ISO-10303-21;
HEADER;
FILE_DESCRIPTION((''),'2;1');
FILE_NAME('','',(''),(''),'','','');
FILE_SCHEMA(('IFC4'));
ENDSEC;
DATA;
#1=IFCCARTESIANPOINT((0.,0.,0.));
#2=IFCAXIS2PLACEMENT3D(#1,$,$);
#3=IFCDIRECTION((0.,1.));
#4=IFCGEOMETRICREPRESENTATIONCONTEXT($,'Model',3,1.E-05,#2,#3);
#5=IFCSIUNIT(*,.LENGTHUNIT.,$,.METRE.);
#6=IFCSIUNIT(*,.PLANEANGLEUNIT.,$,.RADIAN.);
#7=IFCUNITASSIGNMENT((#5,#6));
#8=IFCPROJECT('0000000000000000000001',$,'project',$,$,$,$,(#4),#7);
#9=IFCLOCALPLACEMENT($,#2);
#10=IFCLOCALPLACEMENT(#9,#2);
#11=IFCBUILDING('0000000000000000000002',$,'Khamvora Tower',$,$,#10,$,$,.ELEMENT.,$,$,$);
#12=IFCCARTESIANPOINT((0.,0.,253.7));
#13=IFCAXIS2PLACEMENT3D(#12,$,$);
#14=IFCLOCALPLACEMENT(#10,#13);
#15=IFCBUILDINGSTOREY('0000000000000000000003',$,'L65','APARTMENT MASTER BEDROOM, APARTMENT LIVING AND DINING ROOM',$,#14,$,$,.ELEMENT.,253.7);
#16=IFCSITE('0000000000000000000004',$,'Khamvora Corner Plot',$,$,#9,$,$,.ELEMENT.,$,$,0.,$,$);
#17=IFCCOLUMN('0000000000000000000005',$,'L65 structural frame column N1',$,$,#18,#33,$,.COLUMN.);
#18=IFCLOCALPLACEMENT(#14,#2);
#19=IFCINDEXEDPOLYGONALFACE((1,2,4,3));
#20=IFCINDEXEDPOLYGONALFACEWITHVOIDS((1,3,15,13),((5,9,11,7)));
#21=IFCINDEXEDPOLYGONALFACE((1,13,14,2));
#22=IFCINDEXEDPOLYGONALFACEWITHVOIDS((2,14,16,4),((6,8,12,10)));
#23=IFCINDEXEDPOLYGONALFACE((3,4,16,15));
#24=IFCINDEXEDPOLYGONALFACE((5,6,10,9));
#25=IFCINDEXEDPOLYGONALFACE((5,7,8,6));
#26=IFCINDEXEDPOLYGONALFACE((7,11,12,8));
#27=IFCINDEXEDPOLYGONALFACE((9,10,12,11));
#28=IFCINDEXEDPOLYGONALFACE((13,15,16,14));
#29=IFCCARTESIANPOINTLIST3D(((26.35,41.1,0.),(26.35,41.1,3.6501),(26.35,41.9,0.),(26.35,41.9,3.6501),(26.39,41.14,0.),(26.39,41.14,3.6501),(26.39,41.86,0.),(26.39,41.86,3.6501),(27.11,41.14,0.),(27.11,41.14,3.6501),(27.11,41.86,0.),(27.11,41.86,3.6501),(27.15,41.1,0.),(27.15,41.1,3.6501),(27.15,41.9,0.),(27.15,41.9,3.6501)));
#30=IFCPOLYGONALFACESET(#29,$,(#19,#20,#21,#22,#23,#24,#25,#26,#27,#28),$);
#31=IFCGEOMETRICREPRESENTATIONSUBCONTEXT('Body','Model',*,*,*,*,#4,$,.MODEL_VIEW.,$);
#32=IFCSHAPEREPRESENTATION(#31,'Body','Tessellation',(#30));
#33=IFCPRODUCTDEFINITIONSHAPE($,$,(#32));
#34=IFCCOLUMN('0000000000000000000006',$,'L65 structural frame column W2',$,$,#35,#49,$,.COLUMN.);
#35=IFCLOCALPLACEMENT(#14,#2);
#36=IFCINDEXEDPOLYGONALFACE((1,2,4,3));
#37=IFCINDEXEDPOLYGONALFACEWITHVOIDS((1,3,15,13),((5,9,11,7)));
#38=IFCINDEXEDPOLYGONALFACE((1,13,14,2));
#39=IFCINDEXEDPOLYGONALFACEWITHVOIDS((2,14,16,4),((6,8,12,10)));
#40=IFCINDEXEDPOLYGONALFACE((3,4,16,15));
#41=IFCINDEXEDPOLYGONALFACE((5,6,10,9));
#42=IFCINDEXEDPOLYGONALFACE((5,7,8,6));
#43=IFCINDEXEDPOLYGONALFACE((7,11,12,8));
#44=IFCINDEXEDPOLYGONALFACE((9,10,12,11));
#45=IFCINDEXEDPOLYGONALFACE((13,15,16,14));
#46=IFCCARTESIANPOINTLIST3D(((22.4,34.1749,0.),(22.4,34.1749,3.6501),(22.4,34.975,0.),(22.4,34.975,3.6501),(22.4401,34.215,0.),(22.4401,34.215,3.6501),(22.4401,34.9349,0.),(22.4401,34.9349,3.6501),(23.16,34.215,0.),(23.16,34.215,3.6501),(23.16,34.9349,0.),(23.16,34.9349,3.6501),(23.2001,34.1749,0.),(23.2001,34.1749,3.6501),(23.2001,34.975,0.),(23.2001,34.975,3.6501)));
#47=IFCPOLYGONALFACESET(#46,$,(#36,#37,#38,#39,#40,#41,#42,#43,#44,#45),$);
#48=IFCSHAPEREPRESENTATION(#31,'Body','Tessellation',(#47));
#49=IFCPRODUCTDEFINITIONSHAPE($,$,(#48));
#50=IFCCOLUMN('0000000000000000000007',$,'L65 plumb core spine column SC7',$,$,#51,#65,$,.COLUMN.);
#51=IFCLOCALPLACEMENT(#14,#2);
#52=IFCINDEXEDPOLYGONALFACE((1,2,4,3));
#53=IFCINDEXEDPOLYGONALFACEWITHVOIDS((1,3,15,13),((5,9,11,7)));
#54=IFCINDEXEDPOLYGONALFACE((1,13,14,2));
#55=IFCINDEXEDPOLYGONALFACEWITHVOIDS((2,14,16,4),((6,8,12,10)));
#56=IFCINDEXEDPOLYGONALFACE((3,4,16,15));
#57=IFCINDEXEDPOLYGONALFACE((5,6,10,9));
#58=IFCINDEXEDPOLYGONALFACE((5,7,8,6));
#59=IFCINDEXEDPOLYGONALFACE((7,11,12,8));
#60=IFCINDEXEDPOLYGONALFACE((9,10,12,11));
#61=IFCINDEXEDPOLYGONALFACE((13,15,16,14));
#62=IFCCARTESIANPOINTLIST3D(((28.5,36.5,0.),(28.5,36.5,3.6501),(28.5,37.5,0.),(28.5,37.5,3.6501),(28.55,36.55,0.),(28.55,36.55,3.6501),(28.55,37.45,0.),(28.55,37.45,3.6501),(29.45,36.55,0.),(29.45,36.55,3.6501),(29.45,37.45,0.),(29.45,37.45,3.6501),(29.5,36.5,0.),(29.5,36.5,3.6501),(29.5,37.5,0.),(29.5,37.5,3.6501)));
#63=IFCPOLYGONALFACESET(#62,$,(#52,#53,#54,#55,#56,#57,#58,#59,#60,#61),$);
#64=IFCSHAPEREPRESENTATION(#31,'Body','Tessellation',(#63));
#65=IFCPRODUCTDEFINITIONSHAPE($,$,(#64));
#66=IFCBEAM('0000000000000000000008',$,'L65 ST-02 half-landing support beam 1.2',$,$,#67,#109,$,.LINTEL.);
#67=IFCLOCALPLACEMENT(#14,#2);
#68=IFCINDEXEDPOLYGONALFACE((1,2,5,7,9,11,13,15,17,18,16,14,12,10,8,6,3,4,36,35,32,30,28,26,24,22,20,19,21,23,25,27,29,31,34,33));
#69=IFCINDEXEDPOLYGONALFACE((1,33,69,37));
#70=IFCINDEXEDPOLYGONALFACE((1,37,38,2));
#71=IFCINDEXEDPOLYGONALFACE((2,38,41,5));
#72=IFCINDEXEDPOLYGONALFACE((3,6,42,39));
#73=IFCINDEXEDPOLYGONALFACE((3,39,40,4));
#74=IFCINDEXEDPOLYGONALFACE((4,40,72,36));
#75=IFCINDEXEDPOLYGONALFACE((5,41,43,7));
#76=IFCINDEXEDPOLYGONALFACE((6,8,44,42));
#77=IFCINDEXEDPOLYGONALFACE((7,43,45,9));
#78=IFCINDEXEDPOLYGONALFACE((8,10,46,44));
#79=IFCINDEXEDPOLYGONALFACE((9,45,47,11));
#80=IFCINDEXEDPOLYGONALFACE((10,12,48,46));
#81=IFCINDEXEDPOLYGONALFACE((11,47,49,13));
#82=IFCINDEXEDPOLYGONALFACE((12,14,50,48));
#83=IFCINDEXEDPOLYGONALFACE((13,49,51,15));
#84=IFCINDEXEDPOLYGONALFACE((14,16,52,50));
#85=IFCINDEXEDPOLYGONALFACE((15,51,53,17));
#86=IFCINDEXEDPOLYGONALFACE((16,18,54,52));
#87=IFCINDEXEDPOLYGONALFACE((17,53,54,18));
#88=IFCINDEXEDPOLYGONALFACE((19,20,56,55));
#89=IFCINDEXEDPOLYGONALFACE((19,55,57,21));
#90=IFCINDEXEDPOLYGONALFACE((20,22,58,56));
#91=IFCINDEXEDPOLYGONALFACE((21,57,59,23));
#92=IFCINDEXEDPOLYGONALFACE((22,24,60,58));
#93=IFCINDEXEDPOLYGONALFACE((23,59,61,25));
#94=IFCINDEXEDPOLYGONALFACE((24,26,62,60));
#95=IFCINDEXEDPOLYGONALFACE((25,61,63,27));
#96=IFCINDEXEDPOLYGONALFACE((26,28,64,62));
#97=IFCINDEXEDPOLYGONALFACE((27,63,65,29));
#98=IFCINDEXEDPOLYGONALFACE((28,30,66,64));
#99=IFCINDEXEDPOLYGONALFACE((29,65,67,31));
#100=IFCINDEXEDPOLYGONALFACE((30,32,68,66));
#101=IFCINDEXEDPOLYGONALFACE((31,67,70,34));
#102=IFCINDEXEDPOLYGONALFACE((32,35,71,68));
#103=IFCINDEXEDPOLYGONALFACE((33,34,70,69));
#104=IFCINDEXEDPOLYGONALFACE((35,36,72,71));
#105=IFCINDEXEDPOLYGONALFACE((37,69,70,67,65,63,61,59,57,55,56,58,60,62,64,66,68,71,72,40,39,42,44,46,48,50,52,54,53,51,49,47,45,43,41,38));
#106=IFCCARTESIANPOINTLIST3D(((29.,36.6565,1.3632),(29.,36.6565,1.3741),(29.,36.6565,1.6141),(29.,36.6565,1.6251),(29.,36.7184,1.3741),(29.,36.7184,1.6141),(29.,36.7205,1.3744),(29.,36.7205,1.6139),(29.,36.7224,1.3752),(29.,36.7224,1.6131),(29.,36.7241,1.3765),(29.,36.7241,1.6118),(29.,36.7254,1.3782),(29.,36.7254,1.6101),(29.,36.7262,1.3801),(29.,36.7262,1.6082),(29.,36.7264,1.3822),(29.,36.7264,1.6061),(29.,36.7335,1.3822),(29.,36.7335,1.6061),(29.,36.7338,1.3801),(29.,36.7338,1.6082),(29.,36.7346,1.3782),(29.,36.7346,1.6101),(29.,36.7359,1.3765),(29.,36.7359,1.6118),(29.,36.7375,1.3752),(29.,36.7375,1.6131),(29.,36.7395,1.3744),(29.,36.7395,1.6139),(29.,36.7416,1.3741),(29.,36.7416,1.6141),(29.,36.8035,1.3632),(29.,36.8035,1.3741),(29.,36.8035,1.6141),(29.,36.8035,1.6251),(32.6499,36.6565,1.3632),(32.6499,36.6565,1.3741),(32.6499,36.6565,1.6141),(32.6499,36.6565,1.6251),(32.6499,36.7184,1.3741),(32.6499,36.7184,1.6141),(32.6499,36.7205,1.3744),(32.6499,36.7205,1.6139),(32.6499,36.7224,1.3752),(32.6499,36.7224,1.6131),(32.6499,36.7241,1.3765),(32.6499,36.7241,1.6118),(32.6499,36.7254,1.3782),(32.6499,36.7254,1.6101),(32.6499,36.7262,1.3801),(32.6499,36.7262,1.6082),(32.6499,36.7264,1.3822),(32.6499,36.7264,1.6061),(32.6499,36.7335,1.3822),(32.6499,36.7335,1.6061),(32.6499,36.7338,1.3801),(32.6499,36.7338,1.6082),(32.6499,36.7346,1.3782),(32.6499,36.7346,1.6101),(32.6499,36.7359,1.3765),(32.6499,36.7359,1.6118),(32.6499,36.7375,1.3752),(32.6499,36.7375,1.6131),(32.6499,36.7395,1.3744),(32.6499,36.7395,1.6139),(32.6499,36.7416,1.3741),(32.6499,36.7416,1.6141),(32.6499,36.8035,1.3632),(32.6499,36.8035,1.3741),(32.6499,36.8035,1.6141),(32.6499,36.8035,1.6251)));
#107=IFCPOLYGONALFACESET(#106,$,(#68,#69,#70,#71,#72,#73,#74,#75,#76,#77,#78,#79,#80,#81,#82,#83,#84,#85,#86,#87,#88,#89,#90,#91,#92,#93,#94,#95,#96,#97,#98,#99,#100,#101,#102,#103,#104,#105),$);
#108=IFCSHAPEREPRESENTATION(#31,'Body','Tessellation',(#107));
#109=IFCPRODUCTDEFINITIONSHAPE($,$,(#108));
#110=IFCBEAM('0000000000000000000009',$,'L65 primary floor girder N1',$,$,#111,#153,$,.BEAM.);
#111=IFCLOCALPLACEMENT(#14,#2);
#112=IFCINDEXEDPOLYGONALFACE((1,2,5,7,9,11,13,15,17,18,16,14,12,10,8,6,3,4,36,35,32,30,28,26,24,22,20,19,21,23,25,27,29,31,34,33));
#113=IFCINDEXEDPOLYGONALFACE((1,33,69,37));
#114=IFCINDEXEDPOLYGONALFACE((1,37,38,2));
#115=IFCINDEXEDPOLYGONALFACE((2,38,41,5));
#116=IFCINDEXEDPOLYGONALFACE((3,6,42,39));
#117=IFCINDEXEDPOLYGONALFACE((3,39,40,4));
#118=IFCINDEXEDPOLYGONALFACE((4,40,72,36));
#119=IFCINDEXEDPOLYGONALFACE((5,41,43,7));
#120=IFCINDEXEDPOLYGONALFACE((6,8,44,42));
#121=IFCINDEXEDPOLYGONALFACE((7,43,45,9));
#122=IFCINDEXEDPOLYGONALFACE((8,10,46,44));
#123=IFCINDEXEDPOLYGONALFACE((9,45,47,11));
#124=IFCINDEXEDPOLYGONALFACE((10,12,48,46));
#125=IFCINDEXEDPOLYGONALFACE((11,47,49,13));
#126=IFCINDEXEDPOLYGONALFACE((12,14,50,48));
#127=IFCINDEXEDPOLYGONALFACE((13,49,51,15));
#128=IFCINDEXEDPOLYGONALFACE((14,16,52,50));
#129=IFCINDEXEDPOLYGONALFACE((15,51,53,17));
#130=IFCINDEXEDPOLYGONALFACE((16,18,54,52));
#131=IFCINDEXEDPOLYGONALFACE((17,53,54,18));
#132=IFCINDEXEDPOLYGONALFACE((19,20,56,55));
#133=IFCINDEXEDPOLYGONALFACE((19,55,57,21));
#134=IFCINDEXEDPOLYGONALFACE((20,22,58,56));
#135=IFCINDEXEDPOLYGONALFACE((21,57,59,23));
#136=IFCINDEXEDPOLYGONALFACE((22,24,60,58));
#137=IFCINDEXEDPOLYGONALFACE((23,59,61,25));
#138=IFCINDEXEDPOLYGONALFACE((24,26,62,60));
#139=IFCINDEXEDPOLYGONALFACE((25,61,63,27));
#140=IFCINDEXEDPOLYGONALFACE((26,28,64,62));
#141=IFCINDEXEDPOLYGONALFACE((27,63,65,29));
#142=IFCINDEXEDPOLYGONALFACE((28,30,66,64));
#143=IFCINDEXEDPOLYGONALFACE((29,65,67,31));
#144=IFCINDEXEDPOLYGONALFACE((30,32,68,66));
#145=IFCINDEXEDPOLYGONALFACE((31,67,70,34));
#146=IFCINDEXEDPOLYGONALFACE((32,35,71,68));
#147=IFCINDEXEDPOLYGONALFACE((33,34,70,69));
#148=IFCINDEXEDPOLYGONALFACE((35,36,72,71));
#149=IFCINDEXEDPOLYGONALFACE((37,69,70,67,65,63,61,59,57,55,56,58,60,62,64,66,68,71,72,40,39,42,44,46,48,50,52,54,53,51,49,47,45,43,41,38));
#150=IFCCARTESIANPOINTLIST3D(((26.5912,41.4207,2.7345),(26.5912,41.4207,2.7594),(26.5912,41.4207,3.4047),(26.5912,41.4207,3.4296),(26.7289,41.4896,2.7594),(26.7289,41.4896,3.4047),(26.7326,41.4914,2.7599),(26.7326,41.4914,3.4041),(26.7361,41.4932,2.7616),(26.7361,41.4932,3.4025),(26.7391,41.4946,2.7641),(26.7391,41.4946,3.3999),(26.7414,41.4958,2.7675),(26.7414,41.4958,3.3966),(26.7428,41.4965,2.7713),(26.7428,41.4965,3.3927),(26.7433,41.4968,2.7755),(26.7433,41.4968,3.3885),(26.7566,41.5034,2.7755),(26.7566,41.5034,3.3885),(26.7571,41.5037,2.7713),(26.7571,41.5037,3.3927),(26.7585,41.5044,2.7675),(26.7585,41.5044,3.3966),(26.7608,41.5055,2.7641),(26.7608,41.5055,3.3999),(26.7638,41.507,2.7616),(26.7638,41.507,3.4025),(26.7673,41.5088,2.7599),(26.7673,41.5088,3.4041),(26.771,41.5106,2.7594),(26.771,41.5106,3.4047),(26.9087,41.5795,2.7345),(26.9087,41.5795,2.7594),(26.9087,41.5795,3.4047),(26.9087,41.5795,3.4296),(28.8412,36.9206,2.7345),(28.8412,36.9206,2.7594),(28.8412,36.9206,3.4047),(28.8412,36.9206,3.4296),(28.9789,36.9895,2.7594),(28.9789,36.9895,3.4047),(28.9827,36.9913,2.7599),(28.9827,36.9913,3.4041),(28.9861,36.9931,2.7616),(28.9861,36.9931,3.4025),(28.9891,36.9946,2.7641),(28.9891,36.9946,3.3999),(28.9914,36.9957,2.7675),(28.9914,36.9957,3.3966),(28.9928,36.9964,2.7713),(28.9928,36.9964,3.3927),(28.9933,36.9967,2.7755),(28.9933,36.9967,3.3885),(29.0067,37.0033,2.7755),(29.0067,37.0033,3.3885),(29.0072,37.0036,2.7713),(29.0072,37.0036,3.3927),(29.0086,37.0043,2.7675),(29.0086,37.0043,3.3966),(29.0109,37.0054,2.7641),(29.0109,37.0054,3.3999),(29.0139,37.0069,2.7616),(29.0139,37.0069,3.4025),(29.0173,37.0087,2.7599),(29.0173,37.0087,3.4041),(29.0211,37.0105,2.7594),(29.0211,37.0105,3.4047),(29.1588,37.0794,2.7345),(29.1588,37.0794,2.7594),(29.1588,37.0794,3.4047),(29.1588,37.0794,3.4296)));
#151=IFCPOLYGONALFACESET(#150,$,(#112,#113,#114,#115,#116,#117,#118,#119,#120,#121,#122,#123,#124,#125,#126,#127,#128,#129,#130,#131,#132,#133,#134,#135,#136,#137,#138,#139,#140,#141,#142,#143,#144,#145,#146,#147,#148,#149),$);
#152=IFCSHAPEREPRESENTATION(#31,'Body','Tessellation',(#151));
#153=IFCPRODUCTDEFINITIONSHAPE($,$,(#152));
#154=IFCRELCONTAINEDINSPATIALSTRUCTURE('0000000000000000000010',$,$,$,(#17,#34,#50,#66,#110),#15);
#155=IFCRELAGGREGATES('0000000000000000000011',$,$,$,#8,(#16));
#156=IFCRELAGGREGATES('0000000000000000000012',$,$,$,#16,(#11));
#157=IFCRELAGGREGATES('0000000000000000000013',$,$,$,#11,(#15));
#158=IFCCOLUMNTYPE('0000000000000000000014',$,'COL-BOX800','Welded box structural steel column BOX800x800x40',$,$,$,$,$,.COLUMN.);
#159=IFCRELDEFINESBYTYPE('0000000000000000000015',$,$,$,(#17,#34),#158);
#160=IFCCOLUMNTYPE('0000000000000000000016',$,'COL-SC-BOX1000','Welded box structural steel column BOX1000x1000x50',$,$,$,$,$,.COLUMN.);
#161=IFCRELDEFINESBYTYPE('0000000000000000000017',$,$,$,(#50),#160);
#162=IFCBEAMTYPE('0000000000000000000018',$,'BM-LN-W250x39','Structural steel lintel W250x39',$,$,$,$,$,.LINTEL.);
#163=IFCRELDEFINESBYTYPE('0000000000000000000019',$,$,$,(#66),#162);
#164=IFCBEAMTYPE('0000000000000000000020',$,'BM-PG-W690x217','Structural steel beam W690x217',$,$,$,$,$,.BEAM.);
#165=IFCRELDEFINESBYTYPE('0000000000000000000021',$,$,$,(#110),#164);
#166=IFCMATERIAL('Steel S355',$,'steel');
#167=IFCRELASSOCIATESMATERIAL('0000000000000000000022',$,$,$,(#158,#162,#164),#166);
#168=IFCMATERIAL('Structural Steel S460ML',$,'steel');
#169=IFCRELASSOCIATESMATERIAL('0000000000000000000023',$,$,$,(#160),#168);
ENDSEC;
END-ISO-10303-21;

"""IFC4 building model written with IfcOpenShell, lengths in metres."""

from ifc_helpers import new_model, si_unit, direction, frame, origin, origin_2d, place, context, subcontext, project, spatial, hollow_rectangle, i_section, extrude, material, material_profile, profile_set, type_object, element, save


model = new_model("IFC4")

# Units and contexts
model_context = context("Model", 3, precision=1e-05, world=origin(), true_north=direction((0.0, 1.0)))
body_context = subcontext(model_context, "Body", "Model", "MODEL_VIEW")
ifc_project = project(units=[si_unit("LENGTHUNIT", "METRE"), si_unit("PLANEANGLEUNIT", "RADIAN")], contexts=[model_context])

# Site, building, storey
site_placement = place(None, origin())
site = spatial("IfcSite", under=ifc_project, at=site_placement, Name="Khamvora Corner Plot", CompositionType="ELEMENT", RefElevation=0.0)
building_placement = place(site_placement, origin())
building = spatial("IfcBuilding", under=site, at=building_placement, Name="Khamvora Tower", CompositionType="ELEMENT")
storey_placement = place(building_placement, frame((0.0, 0.0, 253.7)))
storey = spatial("IfcBuildingStorey", under=building, at=storey_placement, Name="L65", Description="APARTMENT MASTER BEDROOM, APARTMENT LIVING AND DINING ROOM", CompositionType="ELEMENT", Elevation=253.7)

# Columns
ifc_material_1 = material(Name="Steel S355", Category="steel")
ifc_material_profile_1 = material_profile(ifc_material_1, hollow_rectangle(XDim=0.8, YDim=0.8, WallThickness=0.04, at=origin_2d()), Name="BOX800x800x40")
ifc_profile_set_1 = profile_set([ifc_material_profile_1], Name="Steel S355")
column_type_1 = type_object("IfcColumnType", Name="COL-BOX800", Description="Welded box structural steel column BOX800x800x40", PredefinedType="COLUMN", material=ifc_profile_set_1)
for number, where, z_axis, x_axis, name in (
    (1, (26.75, 41.5, 0.0), (0.0, 0.0, 1.0), (1.0, 0.0, 0.0), "L65 structural frame column N1"),
    (2, (22.8, 34.575, 0.0), (0.0, 0.0, 1.0), (1.0, 0.0, 0.0), "L65 structural frame column W2"),
):
    element("IfcColumn", number, at=place(storey_placement, frame(where, z_axis=z_axis, x_axis=x_axis)), inside=storey, type_object=column_type_1, Name=name, PredefinedType="COLUMN", context=body_context, shape_type="SweptSolid", body=[
        extrude(hollow_rectangle(XDim=0.8, YDim=0.8, WallThickness=0.04, at=origin_2d()), origin(), (0.0, 0.0, 1.0), 3.6501),
    ])
ifc_material_2 = material(Name="Structural Steel S460ML", Category="steel")
ifc_material_profile_2 = material_profile(ifc_material_2, hollow_rectangle(XDim=1.0, YDim=1.0, WallThickness=0.05, at=origin_2d()), Name="BOX1000x1000x50")
ifc_profile_set_2 = profile_set([ifc_material_profile_2], Name="Structural Steel S460ML")
column_type_2 = type_object("IfcColumnType", Name="COL-SC-BOX1000", Description="Welded box structural steel column BOX1000x1000x50", PredefinedType="COLUMN", material=ifc_profile_set_2)
column_placement = place(storey_placement, frame((29.0, 37.0, 0.0), z_axis=(0.0, 0.0, 1.0), x_axis=(1.0, 0.0, 0.0)))
element("IfcColumn", 3, at=column_placement, inside=storey, type_object=column_type_2, Name="L65 plumb core spine column SC7", PredefinedType="COLUMN", context=body_context, shape_type="SweptSolid", body=[
    extrude(hollow_rectangle(XDim=1.0, YDim=1.0, WallThickness=0.05, at=origin_2d()), origin(), (0.0, 0.0, 1.0), 3.6501),
])

# Beams
ifc_material_profile_3 = material_profile(ifc_material_1, i_section(OverallWidth=0.147, OverallDepth=0.262, WebThickness=0.0071, FlangeThickness=0.011, FilletRadius=0.0081, at=origin_2d()), Name="W250x39")
ifc_profile_set_3 = profile_set([ifc_material_profile_3], Name="Steel S355")
beam_type_1 = type_object("IfcBeamType", Name="BM-LN-W250x39", Description="Structural steel lintel W250x39", PredefinedType="LINTEL", material=ifc_profile_set_3)
beam_1_placement = place(storey_placement, frame((29.0, 36.73, 1.4941), z_axis=(1.0, 0.0, 0.0), x_axis=(0.0, 1.0, 0.0)))
element("IfcBeam", 4, at=beam_1_placement, inside=storey, type_object=beam_type_1, Name="L65 ST-02 half-landing support beam 1.2", PredefinedType="LINTEL", context=body_context, shape_type="SweptSolid", body=[
    extrude(i_section(OverallWidth=0.147, OverallDepth=0.262, WebThickness=0.0071, FlangeThickness=0.011, FilletRadius=0.0081, at=origin_2d()), origin(), (0.0, 0.0, 1.0), 3.6499),
])
ifc_material_profile_4 = material_profile(ifc_material_1, i_section(OverallWidth=0.355, OverallDepth=0.6951, WebThickness=0.0149, FlangeThickness=0.0249, FilletRadius=0.0161, at=origin_2d()), Name="W690x217")
ifc_profile_set_4 = profile_set([ifc_material_profile_4], Name="Steel S355")
beam_type_2 = type_object("IfcBeamType", Name="BM-PG-W690x217", Description="Structural steel beam W690x217", PredefinedType="BEAM", material=ifc_profile_set_4)
beam_2_placement = place(storey_placement, frame((29.0, 37.0, 3.082), z_axis=(-0.447214, 0.894427, 0.0), x_axis=(-0.894427, -0.447214, 0.0)))
element("IfcBeam", 5, at=beam_2_placement, inside=storey, type_object=beam_type_2, Name="L65 primary floor girder N1", PredefinedType="BEAM", context=body_context, shape_type="SweptSolid", body=[
    extrude(i_section(OverallWidth=0.355, OverallDepth=0.6951, WebThickness=0.0149, FlangeThickness=0.0249, FilletRadius=0.0161, at=origin_2d()), origin(), (0.0, 0.0, 1.0), 5.0312),
])

save(model, "model.ifc")
